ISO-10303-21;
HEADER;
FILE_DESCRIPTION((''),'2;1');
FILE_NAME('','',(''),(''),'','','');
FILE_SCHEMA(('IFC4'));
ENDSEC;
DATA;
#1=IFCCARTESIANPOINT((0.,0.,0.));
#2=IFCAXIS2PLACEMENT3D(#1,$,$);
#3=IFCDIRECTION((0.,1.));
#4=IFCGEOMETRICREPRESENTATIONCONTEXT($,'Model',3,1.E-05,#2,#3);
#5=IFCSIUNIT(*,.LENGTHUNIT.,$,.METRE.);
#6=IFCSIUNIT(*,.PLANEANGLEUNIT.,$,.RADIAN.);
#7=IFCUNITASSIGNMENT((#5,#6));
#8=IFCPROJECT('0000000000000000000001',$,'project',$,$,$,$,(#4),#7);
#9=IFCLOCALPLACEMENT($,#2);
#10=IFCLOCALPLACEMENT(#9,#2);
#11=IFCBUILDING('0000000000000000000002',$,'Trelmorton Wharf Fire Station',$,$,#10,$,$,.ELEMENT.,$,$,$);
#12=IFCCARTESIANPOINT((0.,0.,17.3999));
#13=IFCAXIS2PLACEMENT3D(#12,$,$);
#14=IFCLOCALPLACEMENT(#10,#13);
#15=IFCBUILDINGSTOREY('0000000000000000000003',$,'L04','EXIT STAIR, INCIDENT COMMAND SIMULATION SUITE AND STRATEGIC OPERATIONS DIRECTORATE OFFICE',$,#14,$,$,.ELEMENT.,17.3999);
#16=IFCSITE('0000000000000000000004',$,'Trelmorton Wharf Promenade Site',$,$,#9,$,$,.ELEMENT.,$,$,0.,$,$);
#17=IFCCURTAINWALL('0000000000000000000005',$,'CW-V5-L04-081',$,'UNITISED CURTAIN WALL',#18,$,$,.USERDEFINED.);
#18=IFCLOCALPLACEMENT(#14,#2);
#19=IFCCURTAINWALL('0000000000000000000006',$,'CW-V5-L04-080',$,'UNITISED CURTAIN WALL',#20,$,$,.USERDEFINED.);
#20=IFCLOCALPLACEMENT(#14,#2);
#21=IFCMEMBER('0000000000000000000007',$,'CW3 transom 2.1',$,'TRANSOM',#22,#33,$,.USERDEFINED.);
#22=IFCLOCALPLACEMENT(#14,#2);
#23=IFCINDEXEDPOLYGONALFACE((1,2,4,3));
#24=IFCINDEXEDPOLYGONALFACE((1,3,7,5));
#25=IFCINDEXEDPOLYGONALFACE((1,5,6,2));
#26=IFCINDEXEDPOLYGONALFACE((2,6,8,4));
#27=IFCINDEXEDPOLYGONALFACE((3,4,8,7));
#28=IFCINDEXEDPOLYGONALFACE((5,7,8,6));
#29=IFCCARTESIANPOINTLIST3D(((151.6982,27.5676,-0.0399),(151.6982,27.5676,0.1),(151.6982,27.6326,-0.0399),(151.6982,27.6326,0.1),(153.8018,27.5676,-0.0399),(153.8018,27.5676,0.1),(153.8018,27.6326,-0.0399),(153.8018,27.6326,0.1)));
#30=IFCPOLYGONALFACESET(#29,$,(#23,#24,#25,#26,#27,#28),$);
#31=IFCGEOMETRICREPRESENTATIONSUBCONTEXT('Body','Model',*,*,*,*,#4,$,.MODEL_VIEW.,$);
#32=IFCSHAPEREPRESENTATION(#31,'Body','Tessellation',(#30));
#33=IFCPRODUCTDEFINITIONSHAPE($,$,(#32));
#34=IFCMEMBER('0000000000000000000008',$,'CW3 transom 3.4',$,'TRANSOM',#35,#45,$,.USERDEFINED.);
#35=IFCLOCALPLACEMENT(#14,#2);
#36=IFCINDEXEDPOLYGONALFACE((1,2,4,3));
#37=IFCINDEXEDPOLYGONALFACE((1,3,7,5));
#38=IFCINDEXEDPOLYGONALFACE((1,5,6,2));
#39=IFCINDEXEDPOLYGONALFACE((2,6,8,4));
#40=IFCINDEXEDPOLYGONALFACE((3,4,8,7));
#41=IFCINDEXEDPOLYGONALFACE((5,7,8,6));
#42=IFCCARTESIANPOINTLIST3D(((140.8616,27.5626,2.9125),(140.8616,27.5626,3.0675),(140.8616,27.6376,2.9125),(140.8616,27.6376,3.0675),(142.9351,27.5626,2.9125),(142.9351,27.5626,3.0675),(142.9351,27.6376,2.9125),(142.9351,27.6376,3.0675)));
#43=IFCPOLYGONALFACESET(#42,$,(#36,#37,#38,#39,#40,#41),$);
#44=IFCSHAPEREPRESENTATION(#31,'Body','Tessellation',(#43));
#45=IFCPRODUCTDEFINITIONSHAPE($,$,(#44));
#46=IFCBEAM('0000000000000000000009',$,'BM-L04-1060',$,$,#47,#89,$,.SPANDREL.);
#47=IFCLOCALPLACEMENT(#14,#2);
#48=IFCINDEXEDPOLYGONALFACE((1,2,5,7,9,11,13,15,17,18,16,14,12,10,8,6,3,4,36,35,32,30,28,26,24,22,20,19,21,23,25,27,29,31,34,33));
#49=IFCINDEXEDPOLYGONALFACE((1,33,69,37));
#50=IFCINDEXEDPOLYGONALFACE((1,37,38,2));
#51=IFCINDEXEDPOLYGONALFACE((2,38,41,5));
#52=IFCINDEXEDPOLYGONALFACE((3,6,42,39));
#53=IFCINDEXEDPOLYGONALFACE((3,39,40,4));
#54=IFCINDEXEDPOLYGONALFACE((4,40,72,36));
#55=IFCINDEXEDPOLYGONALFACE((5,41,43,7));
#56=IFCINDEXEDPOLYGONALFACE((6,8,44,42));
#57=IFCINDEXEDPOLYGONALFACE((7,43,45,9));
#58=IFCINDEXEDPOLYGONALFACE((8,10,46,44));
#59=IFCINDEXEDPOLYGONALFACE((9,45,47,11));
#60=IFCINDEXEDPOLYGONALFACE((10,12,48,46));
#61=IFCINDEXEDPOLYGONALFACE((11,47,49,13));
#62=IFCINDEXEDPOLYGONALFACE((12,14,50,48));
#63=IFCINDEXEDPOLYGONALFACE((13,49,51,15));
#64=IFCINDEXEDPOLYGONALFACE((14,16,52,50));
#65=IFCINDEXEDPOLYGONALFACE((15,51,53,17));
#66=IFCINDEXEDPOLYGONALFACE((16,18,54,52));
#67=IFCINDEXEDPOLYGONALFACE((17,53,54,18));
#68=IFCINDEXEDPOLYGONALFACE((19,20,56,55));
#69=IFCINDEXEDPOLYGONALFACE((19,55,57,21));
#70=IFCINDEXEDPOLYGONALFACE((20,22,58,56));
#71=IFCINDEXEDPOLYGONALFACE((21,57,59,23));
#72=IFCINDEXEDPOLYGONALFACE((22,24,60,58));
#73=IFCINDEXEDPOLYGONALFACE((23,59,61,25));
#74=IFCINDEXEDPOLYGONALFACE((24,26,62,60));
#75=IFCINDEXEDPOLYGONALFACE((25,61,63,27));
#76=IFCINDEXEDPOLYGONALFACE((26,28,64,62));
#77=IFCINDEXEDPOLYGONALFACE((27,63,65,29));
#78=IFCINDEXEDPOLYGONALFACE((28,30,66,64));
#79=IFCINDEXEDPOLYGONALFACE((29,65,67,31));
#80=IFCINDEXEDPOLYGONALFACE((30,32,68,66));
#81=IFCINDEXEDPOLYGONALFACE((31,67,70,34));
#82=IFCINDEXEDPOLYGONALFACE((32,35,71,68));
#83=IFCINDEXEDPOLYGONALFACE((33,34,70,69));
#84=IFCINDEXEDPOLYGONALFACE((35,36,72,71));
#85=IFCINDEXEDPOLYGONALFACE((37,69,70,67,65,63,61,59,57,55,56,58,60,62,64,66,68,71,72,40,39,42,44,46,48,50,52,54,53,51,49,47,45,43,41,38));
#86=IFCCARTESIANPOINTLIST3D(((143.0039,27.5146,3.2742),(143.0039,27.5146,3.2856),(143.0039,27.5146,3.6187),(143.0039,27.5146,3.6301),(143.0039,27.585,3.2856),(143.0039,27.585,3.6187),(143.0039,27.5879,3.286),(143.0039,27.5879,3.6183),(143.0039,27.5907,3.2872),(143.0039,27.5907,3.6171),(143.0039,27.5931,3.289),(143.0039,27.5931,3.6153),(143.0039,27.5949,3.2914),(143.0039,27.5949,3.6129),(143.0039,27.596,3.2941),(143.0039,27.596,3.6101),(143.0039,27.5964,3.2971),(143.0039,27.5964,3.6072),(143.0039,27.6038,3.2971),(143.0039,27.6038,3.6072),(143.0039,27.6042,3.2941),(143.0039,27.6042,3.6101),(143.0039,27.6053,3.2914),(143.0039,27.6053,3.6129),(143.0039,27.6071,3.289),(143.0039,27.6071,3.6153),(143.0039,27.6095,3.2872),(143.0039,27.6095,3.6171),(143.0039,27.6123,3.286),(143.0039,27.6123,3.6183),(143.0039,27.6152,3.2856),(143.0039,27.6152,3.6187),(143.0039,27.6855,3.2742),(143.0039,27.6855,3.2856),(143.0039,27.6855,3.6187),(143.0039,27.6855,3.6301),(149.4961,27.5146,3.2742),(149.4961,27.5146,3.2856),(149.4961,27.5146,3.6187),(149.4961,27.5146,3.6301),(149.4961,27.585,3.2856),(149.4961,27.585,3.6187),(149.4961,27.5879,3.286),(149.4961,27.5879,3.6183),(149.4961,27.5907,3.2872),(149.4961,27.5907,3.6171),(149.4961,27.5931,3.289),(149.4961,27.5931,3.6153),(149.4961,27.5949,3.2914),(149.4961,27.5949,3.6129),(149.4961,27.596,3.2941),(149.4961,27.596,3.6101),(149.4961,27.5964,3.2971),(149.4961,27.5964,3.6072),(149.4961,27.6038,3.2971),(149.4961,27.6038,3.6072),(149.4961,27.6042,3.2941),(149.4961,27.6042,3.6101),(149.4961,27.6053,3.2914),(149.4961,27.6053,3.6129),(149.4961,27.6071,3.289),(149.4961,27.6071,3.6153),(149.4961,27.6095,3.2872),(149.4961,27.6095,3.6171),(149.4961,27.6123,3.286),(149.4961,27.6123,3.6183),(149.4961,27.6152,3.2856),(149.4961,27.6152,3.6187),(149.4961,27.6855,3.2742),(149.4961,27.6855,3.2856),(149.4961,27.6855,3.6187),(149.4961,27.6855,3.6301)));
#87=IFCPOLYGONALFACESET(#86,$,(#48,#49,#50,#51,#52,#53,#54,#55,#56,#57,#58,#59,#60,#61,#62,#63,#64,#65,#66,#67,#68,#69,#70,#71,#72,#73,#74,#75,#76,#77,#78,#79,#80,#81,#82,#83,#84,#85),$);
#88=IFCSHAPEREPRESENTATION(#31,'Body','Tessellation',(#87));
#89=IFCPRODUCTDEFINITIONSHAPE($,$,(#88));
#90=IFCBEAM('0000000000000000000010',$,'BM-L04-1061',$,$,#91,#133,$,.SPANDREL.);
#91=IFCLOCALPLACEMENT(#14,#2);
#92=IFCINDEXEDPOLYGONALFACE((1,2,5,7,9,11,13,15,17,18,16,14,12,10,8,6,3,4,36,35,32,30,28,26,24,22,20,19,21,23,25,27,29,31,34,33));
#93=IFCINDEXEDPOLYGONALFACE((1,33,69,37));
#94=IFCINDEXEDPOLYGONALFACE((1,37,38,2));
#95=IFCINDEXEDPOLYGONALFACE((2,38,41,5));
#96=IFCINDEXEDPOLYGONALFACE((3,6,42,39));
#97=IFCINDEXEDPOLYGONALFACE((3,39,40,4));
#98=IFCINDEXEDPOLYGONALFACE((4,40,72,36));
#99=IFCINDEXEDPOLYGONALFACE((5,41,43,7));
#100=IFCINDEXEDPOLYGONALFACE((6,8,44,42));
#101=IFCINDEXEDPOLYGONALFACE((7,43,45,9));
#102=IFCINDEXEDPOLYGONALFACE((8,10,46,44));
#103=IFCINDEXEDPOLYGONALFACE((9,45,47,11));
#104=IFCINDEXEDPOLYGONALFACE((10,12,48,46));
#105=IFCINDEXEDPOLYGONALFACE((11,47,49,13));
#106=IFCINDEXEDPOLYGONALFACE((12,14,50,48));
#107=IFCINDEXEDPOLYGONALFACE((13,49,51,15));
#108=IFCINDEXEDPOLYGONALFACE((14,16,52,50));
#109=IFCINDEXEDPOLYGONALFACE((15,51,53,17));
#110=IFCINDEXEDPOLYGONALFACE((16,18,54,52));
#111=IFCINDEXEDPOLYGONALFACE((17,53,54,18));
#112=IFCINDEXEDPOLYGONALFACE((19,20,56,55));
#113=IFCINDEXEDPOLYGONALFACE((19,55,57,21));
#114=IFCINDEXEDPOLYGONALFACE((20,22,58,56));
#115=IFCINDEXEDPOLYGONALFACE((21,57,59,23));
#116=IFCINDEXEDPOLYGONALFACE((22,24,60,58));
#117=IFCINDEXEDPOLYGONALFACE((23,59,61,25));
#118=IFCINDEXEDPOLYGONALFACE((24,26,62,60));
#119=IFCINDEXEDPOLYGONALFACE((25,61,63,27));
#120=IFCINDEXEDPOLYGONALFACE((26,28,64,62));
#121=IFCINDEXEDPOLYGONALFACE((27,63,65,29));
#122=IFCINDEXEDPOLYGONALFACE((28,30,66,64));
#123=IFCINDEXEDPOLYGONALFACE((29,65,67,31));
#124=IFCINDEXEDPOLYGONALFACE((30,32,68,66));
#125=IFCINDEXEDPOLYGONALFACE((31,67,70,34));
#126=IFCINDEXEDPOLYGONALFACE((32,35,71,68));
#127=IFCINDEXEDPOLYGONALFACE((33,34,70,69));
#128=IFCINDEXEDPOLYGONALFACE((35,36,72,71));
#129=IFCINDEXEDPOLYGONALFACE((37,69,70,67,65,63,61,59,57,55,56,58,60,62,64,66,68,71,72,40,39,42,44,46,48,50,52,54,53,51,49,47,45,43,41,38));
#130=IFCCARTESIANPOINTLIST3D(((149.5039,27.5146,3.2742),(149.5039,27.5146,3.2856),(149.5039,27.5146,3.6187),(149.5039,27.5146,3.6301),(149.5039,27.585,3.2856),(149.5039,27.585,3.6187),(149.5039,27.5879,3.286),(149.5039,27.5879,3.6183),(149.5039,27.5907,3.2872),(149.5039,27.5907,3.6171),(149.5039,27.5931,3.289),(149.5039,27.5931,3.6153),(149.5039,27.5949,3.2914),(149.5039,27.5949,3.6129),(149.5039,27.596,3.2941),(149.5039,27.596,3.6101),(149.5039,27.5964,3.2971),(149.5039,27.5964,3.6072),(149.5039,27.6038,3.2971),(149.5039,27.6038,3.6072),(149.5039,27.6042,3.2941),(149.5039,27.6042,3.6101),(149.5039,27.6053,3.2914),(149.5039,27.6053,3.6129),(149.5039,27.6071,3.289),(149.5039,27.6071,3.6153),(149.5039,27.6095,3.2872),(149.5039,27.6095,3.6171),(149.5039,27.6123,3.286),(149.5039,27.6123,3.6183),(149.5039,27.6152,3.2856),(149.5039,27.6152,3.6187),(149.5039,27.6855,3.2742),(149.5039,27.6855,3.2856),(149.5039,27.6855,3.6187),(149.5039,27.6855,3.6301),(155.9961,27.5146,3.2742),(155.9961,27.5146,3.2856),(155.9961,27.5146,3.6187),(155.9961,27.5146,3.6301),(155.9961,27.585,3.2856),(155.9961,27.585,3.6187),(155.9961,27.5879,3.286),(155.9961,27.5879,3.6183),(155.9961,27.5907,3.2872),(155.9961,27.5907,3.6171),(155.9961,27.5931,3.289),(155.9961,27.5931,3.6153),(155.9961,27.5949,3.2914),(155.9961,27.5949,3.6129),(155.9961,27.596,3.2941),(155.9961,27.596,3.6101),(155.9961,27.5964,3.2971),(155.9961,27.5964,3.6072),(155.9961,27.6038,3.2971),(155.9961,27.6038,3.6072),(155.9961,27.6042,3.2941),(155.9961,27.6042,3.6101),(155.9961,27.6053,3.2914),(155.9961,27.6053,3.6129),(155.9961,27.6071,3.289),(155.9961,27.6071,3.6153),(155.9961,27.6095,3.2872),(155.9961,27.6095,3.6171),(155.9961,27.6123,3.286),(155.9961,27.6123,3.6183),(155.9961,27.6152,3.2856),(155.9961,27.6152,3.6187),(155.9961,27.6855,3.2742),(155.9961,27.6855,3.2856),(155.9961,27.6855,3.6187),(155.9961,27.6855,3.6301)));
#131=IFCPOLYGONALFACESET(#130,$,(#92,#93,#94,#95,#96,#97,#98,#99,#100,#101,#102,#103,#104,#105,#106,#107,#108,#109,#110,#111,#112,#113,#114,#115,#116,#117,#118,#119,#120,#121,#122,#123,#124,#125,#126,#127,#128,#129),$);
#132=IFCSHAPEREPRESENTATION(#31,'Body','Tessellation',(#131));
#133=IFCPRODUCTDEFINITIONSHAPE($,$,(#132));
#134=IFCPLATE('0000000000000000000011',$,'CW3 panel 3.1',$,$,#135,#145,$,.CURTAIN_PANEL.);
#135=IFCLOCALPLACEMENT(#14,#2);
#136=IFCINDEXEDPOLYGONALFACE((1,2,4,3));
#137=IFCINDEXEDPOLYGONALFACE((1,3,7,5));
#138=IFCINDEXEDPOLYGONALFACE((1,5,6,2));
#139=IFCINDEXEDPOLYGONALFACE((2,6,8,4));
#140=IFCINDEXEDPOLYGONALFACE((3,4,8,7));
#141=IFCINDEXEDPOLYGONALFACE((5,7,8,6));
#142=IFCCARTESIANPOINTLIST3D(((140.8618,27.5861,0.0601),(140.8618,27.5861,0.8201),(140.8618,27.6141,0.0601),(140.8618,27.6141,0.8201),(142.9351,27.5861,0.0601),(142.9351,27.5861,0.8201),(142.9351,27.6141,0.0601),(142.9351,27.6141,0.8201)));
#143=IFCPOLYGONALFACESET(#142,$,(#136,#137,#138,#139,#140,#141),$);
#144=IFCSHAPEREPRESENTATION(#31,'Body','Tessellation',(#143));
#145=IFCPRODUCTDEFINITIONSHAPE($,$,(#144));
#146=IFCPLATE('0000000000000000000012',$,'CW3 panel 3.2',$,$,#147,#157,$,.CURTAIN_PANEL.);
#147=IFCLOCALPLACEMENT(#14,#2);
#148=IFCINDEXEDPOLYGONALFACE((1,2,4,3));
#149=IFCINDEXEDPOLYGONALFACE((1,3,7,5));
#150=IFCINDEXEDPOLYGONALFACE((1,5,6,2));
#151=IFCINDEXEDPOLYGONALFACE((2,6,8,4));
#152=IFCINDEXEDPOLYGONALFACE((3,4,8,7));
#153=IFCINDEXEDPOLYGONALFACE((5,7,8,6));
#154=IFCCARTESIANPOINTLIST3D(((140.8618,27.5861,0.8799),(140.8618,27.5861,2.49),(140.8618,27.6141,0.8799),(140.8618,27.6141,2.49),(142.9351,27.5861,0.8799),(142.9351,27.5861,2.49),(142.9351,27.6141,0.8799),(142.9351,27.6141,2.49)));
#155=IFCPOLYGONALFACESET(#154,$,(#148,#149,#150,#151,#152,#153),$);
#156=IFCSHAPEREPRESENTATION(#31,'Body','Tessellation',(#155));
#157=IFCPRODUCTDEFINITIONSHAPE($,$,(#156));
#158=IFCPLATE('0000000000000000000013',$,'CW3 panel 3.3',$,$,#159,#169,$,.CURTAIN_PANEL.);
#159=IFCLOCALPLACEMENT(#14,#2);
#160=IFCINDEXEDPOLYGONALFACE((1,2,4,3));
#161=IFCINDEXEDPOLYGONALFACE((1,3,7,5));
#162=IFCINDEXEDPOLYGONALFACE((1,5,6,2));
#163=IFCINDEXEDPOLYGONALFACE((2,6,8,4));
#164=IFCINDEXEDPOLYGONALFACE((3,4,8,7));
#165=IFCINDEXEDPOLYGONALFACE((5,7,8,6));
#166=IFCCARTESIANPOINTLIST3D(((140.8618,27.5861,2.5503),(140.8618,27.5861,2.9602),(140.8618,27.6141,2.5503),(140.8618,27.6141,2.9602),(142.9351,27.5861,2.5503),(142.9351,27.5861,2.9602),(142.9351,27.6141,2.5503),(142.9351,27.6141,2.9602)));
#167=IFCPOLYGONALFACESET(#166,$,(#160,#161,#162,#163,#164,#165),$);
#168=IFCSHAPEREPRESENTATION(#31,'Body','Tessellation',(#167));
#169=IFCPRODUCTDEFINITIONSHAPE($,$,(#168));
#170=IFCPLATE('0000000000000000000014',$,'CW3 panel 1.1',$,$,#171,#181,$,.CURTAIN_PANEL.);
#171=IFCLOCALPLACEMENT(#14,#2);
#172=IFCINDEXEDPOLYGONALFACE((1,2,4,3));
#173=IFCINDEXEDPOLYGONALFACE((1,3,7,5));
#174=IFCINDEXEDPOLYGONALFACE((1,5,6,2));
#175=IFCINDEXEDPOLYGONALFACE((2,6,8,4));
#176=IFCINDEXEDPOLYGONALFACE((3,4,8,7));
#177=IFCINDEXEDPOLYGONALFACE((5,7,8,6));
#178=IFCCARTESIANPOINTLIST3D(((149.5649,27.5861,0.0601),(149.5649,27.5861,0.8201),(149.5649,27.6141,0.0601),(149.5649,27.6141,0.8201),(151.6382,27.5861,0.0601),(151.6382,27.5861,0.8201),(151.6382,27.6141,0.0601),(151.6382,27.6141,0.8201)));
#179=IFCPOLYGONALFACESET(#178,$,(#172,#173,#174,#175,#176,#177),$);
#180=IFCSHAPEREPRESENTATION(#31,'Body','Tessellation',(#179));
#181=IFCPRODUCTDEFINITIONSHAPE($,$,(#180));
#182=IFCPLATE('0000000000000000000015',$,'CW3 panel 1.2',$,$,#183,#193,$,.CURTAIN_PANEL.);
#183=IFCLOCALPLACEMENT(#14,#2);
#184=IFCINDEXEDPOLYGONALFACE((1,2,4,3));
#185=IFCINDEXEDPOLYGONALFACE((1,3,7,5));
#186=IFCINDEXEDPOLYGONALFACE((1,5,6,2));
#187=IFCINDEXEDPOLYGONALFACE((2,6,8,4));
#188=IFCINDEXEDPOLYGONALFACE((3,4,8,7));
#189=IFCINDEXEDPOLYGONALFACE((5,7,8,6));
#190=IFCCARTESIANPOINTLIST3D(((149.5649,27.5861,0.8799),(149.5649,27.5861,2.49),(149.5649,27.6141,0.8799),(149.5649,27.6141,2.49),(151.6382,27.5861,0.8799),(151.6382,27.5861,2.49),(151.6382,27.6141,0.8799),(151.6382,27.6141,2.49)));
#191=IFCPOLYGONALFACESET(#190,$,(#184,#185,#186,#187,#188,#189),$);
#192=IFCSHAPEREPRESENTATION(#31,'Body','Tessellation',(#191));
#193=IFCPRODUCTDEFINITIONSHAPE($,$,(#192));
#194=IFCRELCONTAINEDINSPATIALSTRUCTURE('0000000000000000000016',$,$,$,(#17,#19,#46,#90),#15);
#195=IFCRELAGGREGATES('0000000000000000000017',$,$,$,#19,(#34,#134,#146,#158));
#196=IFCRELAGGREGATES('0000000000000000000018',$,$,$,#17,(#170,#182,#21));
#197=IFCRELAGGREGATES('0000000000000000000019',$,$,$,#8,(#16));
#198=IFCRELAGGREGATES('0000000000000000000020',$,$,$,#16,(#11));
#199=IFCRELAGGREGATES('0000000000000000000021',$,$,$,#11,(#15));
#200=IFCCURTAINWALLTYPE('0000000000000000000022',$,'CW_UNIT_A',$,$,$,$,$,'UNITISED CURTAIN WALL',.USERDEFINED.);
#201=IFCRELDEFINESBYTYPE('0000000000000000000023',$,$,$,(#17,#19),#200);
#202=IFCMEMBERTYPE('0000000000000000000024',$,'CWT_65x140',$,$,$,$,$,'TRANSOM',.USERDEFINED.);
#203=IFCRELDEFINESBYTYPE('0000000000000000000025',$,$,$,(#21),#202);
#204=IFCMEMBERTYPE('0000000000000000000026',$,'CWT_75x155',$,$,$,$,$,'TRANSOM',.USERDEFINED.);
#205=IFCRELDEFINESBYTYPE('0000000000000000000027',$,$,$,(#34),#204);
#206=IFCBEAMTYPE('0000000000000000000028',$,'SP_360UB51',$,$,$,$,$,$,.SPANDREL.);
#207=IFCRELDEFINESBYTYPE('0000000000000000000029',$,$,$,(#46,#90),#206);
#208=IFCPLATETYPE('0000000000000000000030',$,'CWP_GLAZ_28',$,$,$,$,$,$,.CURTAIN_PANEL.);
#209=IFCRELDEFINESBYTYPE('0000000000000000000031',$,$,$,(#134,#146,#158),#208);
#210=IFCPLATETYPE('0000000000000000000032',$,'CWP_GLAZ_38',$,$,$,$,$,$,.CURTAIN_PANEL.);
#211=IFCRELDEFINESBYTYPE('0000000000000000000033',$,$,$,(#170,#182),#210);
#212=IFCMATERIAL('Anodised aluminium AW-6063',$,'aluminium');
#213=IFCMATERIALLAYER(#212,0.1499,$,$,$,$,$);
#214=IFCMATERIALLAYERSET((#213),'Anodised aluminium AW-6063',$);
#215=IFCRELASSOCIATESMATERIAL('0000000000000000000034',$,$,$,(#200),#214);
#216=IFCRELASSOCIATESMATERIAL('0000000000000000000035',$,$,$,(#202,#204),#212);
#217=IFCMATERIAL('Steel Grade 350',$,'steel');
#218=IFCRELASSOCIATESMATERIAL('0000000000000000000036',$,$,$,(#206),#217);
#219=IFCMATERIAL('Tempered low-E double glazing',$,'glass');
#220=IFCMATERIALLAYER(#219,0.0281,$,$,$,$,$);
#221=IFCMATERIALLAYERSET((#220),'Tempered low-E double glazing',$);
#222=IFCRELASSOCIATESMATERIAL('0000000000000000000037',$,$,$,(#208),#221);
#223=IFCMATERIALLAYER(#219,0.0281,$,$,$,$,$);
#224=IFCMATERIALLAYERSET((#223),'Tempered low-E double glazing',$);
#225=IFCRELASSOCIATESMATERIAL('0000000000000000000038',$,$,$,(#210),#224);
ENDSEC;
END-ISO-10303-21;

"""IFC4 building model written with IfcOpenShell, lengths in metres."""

from ifc_helpers import new_model, si_unit, direction, frame, origin, origin_2d, place, context, subcontext, project, spatial, rectangle, i_section, extrude, material, layer, layer_set, material_profile, profile_set, type_object, element, aggregate, save


model = new_model("IFC4")

# Units and contexts
model_context = context("Model", 3, precision=1e-05, world=origin(), true_north=direction((0.0, 1.0)))
body_context = subcontext(model_context, "Body", "Model", "MODEL_VIEW")
ifc_project = project(units=[si_unit("LENGTHUNIT", "METRE"), si_unit("PLANEANGLEUNIT", "RADIAN")], contexts=[model_context])

# Site, building, storey
site_placement = place(None, origin())
site = spatial("IfcSite", under=ifc_project, at=site_placement, Name="Trelmorton Wharf Promenade Site", CompositionType="ELEMENT", RefElevation=0.0)
building_placement = place(site_placement, origin())
building = spatial("IfcBuilding", under=site, at=building_placement, Name="Trelmorton Wharf Fire Station", CompositionType="ELEMENT")
storey_placement = place(building_placement, frame((0.0, 0.0, 17.3999)))
storey = spatial("IfcBuildingStorey", under=building, at=storey_placement, Name="L04", Description="EXIT STAIR, INCIDENT COMMAND SIMULATION SUITE AND STRATEGIC OPERATIONS DIRECTORATE OFFICE", CompositionType="ELEMENT", Elevation=17.3999)

# Shared definitions
ifc_material_1 = material(Name="Steel Grade 350", Category="steel")

# Curtain wall
ifc_material_2 = material(Name="Anodised aluminium AW-6063", Category="aluminium")
ifc_layer_1 = layer(ifc_material_2, 0.1499)
ifc_layer_set_1 = layer_set([ifc_layer_1], Name="Anodised aluminium AW-6063")
curtain_wall_type = type_object("IfcCurtainWallType", Name="CW_UNIT_A", ElementType="UNITISED CURTAIN WALL", PredefinedType="USERDEFINED", material=ifc_layer_set_1)
curtain_wall_1_placement = place(storey_placement, origin())
curtain_wall_1 = element("IfcCurtainWall", 1, at=curtain_wall_1_placement, inside=storey, type_object=curtain_wall_type, Name="CW-V5-L04-081", ObjectType="UNITISED CURTAIN WALL", PredefinedType="USERDEFINED")

# Curtain wall
curtain_wall_2_placement = place(storey_placement, origin())
curtain_wall_2 = element("IfcCurtainWall", 2, at=curtain_wall_2_placement, inside=storey, type_object=curtain_wall_type, Name="CW-V5-L04-080", ObjectType="UNITISED CURTAIN WALL", PredefinedType="USERDEFINED")

# Members
ifc_material_profile_1 = material_profile(ifc_material_2, rectangle(XDim=0.0649, YDim=0.1399, at=origin_2d()), Name="ALU-65x140")
ifc_profile_set_1 = profile_set([ifc_material_profile_1], Name="Anodised aluminium AW-6063")
member_type_1 = type_object("IfcMemberType", Name="CWT_65x140", ElementType="TRANSOM", PredefinedType="USERDEFINED", material=ifc_profile_set_1)
member_1_placement = place(storey_placement, frame((151.6982, 27.6001, 0.03), z_axis=(1.0, 0.0, 0.0), x_axis=(0.0, 1.0, 0.0)))
member_1 = element("IfcMember", 3, at=member_1_placement, type_object=member_type_1, Name="CW3 transom 2.1", ObjectType="TRANSOM", PredefinedType="USERDEFINED", context=body_context, shape_type="SweptSolid", body=[
    extrude(rectangle(XDim=0.0649, YDim=0.1399, at=origin_2d()), origin(), (0.0, 0.0, 1.0), 2.1035),
])
ifc_material_profile_2 = material_profile(ifc_material_2, rectangle(XDim=0.075, YDim=0.155, at=origin_2d()), Name="ALU-75x155")
ifc_profile_set_2 = profile_set([ifc_material_profile_2], Name="Anodised aluminium AW-6063")
member_type_2 = type_object("IfcMemberType", Name="CWT_75x155", ElementType="TRANSOM", PredefinedType="USERDEFINED", material=ifc_profile_set_2)
member_2_placement = place(storey_placement, frame((140.8616, 27.6001, 2.99), z_axis=(1.0, 0.0, 0.0), x_axis=(0.0, 1.0, 0.0)))
member_2 = element("IfcMember", 4, at=member_2_placement, type_object=member_type_2, Name="CW3 transom 3.4", ObjectType="TRANSOM", PredefinedType="USERDEFINED", context=body_context, shape_type="SweptSolid", body=[
    extrude(rectangle(XDim=0.075, YDim=0.155, at=origin_2d()), origin(), (0.0, 0.0, 1.0), 2.0735),
])

# Beams
ifc_material_profile_3 = material_profile(ifc_material_1, i_section(OverallWidth=0.1709, OverallDepth=0.356, WebThickness=0.0073, FlangeThickness=0.0115, FilletRadius=0.0115, at=origin_2d()), Name="360UB50.7")
ifc_profile_set_3 = profile_set([ifc_material_profile_3], Name="Steel Grade 350")
beam_type = type_object("IfcBeamType", Name="SP_360UB51", PredefinedType="SPANDREL", material=ifc_profile_set_3)
for number, where, z_axis, x_axis, name in (
    (5, (143.0039, 27.6001, 3.4521), (1.0, 0.0, 0.0), (0.0, 1.0, 0.0), "BM-L04-1060"),
    (6, (149.5039, 27.6001, 3.4521), (1.0, 0.0, 0.0), (0.0, 1.0, 0.0), "BM-L04-1061"),
):
    element("IfcBeam", number, at=place(storey_placement, frame(where, z_axis=z_axis, x_axis=x_axis)), inside=storey, type_object=beam_type, Name=name, PredefinedType="SPANDREL", context=body_context, shape_type="SweptSolid", body=[
        extrude(i_section(OverallWidth=0.1709, OverallDepth=0.356, WebThickness=0.0073, FlangeThickness=0.0115, FilletRadius=0.0115, at=origin_2d()), origin(), (0.0, 0.0, 1.0), 6.4922),
    ])

# Plates
ifc_material_3 = material(Name="Tempered low-E double glazing", Category="glass")
ifc_layer_2 = layer(ifc_material_3, 0.0281)
ifc_layer_set_2 = layer_set([ifc_layer_2], Name="Tempered low-E double glazing")
plate_type_1 = type_object("IfcPlateType", Name="CWP_GLAZ_28", PredefinedType="CURTAIN_PANEL", material=ifc_layer_set_2)
plate_1_placement = place(storey_placement, frame((141.8984, 27.6001, 0.0601), z_axis=(0.0, 0.0, 1.0), x_axis=(1.0, 0.0, 0.0)))
plate_1 = element("IfcPlate", 7, at=plate_1_placement, type_object=plate_type_1, Name="CW3 panel 3.1", PredefinedType="CURTAIN_PANEL", context=body_context, shape_type="SweptSolid", body=[
    extrude(rectangle(XDim=2.0732, YDim=0.0281, at=origin_2d()), origin(), (0.0, 0.0, 1.0), 0.76),
])
plate_2_placement = place(storey_placement, frame((141.8984, 27.6001, 0.8799), z_axis=(0.0, 0.0, 1.0), x_axis=(1.0, 0.0, 0.0)))
plate_2 = element("IfcPlate", 8, at=plate_2_placement, type_object=plate_type_1, Name="CW3 panel 3.2", PredefinedType="CURTAIN_PANEL", context=body_context, shape_type="SweptSolid", body=[
    extrude(rectangle(XDim=2.0732, YDim=0.0281, at=origin_2d()), origin(), (0.0, 0.0, 1.0), 1.6101),
])
plate_3_placement = place(storey_placement, frame((141.8984, 27.6001, 2.5503), z_axis=(0.0, 0.0, 1.0), x_axis=(1.0, 0.0, 0.0)))
plate_3 = element("IfcPlate", 9, at=plate_3_placement, type_object=plate_type_1, Name="CW3 panel 3.3", PredefinedType="CURTAIN_PANEL", context=body_context, shape_type="SweptSolid", body=[
    extrude(rectangle(XDim=2.0732, YDim=0.0281, at=origin_2d()), origin(), (0.0, 0.0, 1.0), 0.4099),
])
aggregate(curtain_wall_2, [member_2, plate_1, plate_2, plate_3])
ifc_layer_3 = layer(ifc_material_3, 0.0281)
ifc_layer_set_3 = layer_set([ifc_layer_3], Name="Tempered low-E double glazing")
plate_type_2 = type_object("IfcPlateType", Name="CWP_GLAZ_38", PredefinedType="CURTAIN_PANEL", material=ifc_layer_set_3)
plate_4_placement = place(storey_placement, frame((150.6016, 27.6001, 0.0601), z_axis=(0.0, 0.0, 1.0), x_axis=(1.0, 0.0, 0.0)))
plate_4 = element("IfcPlate", 10, at=plate_4_placement, type_object=plate_type_2, Name="CW3 panel 1.1", PredefinedType="CURTAIN_PANEL", context=body_context, shape_type="SweptSolid", body=[
    extrude(rectangle(XDim=2.0732, YDim=0.0281, at=origin_2d()), origin(), (0.0, 0.0, 1.0), 0.76),
])
plate_5_placement = place(storey_placement, frame((150.6016, 27.6001, 0.8799), z_axis=(0.0, 0.0, 1.0), x_axis=(1.0, 0.0, 0.0)))
plate_5 = element("IfcPlate", 11, at=plate_5_placement, type_object=plate_type_2, Name="CW3 panel 1.2", PredefinedType="CURTAIN_PANEL", context=body_context, shape_type="SweptSolid", body=[
    extrude(rectangle(XDim=2.0732, YDim=0.0281, at=origin_2d()), origin(), (0.0, 0.0, 1.0), 1.6101),
])
aggregate(curtain_wall_1, [plate_4, plate_5, member_1])

save(model, "model.ifc")
